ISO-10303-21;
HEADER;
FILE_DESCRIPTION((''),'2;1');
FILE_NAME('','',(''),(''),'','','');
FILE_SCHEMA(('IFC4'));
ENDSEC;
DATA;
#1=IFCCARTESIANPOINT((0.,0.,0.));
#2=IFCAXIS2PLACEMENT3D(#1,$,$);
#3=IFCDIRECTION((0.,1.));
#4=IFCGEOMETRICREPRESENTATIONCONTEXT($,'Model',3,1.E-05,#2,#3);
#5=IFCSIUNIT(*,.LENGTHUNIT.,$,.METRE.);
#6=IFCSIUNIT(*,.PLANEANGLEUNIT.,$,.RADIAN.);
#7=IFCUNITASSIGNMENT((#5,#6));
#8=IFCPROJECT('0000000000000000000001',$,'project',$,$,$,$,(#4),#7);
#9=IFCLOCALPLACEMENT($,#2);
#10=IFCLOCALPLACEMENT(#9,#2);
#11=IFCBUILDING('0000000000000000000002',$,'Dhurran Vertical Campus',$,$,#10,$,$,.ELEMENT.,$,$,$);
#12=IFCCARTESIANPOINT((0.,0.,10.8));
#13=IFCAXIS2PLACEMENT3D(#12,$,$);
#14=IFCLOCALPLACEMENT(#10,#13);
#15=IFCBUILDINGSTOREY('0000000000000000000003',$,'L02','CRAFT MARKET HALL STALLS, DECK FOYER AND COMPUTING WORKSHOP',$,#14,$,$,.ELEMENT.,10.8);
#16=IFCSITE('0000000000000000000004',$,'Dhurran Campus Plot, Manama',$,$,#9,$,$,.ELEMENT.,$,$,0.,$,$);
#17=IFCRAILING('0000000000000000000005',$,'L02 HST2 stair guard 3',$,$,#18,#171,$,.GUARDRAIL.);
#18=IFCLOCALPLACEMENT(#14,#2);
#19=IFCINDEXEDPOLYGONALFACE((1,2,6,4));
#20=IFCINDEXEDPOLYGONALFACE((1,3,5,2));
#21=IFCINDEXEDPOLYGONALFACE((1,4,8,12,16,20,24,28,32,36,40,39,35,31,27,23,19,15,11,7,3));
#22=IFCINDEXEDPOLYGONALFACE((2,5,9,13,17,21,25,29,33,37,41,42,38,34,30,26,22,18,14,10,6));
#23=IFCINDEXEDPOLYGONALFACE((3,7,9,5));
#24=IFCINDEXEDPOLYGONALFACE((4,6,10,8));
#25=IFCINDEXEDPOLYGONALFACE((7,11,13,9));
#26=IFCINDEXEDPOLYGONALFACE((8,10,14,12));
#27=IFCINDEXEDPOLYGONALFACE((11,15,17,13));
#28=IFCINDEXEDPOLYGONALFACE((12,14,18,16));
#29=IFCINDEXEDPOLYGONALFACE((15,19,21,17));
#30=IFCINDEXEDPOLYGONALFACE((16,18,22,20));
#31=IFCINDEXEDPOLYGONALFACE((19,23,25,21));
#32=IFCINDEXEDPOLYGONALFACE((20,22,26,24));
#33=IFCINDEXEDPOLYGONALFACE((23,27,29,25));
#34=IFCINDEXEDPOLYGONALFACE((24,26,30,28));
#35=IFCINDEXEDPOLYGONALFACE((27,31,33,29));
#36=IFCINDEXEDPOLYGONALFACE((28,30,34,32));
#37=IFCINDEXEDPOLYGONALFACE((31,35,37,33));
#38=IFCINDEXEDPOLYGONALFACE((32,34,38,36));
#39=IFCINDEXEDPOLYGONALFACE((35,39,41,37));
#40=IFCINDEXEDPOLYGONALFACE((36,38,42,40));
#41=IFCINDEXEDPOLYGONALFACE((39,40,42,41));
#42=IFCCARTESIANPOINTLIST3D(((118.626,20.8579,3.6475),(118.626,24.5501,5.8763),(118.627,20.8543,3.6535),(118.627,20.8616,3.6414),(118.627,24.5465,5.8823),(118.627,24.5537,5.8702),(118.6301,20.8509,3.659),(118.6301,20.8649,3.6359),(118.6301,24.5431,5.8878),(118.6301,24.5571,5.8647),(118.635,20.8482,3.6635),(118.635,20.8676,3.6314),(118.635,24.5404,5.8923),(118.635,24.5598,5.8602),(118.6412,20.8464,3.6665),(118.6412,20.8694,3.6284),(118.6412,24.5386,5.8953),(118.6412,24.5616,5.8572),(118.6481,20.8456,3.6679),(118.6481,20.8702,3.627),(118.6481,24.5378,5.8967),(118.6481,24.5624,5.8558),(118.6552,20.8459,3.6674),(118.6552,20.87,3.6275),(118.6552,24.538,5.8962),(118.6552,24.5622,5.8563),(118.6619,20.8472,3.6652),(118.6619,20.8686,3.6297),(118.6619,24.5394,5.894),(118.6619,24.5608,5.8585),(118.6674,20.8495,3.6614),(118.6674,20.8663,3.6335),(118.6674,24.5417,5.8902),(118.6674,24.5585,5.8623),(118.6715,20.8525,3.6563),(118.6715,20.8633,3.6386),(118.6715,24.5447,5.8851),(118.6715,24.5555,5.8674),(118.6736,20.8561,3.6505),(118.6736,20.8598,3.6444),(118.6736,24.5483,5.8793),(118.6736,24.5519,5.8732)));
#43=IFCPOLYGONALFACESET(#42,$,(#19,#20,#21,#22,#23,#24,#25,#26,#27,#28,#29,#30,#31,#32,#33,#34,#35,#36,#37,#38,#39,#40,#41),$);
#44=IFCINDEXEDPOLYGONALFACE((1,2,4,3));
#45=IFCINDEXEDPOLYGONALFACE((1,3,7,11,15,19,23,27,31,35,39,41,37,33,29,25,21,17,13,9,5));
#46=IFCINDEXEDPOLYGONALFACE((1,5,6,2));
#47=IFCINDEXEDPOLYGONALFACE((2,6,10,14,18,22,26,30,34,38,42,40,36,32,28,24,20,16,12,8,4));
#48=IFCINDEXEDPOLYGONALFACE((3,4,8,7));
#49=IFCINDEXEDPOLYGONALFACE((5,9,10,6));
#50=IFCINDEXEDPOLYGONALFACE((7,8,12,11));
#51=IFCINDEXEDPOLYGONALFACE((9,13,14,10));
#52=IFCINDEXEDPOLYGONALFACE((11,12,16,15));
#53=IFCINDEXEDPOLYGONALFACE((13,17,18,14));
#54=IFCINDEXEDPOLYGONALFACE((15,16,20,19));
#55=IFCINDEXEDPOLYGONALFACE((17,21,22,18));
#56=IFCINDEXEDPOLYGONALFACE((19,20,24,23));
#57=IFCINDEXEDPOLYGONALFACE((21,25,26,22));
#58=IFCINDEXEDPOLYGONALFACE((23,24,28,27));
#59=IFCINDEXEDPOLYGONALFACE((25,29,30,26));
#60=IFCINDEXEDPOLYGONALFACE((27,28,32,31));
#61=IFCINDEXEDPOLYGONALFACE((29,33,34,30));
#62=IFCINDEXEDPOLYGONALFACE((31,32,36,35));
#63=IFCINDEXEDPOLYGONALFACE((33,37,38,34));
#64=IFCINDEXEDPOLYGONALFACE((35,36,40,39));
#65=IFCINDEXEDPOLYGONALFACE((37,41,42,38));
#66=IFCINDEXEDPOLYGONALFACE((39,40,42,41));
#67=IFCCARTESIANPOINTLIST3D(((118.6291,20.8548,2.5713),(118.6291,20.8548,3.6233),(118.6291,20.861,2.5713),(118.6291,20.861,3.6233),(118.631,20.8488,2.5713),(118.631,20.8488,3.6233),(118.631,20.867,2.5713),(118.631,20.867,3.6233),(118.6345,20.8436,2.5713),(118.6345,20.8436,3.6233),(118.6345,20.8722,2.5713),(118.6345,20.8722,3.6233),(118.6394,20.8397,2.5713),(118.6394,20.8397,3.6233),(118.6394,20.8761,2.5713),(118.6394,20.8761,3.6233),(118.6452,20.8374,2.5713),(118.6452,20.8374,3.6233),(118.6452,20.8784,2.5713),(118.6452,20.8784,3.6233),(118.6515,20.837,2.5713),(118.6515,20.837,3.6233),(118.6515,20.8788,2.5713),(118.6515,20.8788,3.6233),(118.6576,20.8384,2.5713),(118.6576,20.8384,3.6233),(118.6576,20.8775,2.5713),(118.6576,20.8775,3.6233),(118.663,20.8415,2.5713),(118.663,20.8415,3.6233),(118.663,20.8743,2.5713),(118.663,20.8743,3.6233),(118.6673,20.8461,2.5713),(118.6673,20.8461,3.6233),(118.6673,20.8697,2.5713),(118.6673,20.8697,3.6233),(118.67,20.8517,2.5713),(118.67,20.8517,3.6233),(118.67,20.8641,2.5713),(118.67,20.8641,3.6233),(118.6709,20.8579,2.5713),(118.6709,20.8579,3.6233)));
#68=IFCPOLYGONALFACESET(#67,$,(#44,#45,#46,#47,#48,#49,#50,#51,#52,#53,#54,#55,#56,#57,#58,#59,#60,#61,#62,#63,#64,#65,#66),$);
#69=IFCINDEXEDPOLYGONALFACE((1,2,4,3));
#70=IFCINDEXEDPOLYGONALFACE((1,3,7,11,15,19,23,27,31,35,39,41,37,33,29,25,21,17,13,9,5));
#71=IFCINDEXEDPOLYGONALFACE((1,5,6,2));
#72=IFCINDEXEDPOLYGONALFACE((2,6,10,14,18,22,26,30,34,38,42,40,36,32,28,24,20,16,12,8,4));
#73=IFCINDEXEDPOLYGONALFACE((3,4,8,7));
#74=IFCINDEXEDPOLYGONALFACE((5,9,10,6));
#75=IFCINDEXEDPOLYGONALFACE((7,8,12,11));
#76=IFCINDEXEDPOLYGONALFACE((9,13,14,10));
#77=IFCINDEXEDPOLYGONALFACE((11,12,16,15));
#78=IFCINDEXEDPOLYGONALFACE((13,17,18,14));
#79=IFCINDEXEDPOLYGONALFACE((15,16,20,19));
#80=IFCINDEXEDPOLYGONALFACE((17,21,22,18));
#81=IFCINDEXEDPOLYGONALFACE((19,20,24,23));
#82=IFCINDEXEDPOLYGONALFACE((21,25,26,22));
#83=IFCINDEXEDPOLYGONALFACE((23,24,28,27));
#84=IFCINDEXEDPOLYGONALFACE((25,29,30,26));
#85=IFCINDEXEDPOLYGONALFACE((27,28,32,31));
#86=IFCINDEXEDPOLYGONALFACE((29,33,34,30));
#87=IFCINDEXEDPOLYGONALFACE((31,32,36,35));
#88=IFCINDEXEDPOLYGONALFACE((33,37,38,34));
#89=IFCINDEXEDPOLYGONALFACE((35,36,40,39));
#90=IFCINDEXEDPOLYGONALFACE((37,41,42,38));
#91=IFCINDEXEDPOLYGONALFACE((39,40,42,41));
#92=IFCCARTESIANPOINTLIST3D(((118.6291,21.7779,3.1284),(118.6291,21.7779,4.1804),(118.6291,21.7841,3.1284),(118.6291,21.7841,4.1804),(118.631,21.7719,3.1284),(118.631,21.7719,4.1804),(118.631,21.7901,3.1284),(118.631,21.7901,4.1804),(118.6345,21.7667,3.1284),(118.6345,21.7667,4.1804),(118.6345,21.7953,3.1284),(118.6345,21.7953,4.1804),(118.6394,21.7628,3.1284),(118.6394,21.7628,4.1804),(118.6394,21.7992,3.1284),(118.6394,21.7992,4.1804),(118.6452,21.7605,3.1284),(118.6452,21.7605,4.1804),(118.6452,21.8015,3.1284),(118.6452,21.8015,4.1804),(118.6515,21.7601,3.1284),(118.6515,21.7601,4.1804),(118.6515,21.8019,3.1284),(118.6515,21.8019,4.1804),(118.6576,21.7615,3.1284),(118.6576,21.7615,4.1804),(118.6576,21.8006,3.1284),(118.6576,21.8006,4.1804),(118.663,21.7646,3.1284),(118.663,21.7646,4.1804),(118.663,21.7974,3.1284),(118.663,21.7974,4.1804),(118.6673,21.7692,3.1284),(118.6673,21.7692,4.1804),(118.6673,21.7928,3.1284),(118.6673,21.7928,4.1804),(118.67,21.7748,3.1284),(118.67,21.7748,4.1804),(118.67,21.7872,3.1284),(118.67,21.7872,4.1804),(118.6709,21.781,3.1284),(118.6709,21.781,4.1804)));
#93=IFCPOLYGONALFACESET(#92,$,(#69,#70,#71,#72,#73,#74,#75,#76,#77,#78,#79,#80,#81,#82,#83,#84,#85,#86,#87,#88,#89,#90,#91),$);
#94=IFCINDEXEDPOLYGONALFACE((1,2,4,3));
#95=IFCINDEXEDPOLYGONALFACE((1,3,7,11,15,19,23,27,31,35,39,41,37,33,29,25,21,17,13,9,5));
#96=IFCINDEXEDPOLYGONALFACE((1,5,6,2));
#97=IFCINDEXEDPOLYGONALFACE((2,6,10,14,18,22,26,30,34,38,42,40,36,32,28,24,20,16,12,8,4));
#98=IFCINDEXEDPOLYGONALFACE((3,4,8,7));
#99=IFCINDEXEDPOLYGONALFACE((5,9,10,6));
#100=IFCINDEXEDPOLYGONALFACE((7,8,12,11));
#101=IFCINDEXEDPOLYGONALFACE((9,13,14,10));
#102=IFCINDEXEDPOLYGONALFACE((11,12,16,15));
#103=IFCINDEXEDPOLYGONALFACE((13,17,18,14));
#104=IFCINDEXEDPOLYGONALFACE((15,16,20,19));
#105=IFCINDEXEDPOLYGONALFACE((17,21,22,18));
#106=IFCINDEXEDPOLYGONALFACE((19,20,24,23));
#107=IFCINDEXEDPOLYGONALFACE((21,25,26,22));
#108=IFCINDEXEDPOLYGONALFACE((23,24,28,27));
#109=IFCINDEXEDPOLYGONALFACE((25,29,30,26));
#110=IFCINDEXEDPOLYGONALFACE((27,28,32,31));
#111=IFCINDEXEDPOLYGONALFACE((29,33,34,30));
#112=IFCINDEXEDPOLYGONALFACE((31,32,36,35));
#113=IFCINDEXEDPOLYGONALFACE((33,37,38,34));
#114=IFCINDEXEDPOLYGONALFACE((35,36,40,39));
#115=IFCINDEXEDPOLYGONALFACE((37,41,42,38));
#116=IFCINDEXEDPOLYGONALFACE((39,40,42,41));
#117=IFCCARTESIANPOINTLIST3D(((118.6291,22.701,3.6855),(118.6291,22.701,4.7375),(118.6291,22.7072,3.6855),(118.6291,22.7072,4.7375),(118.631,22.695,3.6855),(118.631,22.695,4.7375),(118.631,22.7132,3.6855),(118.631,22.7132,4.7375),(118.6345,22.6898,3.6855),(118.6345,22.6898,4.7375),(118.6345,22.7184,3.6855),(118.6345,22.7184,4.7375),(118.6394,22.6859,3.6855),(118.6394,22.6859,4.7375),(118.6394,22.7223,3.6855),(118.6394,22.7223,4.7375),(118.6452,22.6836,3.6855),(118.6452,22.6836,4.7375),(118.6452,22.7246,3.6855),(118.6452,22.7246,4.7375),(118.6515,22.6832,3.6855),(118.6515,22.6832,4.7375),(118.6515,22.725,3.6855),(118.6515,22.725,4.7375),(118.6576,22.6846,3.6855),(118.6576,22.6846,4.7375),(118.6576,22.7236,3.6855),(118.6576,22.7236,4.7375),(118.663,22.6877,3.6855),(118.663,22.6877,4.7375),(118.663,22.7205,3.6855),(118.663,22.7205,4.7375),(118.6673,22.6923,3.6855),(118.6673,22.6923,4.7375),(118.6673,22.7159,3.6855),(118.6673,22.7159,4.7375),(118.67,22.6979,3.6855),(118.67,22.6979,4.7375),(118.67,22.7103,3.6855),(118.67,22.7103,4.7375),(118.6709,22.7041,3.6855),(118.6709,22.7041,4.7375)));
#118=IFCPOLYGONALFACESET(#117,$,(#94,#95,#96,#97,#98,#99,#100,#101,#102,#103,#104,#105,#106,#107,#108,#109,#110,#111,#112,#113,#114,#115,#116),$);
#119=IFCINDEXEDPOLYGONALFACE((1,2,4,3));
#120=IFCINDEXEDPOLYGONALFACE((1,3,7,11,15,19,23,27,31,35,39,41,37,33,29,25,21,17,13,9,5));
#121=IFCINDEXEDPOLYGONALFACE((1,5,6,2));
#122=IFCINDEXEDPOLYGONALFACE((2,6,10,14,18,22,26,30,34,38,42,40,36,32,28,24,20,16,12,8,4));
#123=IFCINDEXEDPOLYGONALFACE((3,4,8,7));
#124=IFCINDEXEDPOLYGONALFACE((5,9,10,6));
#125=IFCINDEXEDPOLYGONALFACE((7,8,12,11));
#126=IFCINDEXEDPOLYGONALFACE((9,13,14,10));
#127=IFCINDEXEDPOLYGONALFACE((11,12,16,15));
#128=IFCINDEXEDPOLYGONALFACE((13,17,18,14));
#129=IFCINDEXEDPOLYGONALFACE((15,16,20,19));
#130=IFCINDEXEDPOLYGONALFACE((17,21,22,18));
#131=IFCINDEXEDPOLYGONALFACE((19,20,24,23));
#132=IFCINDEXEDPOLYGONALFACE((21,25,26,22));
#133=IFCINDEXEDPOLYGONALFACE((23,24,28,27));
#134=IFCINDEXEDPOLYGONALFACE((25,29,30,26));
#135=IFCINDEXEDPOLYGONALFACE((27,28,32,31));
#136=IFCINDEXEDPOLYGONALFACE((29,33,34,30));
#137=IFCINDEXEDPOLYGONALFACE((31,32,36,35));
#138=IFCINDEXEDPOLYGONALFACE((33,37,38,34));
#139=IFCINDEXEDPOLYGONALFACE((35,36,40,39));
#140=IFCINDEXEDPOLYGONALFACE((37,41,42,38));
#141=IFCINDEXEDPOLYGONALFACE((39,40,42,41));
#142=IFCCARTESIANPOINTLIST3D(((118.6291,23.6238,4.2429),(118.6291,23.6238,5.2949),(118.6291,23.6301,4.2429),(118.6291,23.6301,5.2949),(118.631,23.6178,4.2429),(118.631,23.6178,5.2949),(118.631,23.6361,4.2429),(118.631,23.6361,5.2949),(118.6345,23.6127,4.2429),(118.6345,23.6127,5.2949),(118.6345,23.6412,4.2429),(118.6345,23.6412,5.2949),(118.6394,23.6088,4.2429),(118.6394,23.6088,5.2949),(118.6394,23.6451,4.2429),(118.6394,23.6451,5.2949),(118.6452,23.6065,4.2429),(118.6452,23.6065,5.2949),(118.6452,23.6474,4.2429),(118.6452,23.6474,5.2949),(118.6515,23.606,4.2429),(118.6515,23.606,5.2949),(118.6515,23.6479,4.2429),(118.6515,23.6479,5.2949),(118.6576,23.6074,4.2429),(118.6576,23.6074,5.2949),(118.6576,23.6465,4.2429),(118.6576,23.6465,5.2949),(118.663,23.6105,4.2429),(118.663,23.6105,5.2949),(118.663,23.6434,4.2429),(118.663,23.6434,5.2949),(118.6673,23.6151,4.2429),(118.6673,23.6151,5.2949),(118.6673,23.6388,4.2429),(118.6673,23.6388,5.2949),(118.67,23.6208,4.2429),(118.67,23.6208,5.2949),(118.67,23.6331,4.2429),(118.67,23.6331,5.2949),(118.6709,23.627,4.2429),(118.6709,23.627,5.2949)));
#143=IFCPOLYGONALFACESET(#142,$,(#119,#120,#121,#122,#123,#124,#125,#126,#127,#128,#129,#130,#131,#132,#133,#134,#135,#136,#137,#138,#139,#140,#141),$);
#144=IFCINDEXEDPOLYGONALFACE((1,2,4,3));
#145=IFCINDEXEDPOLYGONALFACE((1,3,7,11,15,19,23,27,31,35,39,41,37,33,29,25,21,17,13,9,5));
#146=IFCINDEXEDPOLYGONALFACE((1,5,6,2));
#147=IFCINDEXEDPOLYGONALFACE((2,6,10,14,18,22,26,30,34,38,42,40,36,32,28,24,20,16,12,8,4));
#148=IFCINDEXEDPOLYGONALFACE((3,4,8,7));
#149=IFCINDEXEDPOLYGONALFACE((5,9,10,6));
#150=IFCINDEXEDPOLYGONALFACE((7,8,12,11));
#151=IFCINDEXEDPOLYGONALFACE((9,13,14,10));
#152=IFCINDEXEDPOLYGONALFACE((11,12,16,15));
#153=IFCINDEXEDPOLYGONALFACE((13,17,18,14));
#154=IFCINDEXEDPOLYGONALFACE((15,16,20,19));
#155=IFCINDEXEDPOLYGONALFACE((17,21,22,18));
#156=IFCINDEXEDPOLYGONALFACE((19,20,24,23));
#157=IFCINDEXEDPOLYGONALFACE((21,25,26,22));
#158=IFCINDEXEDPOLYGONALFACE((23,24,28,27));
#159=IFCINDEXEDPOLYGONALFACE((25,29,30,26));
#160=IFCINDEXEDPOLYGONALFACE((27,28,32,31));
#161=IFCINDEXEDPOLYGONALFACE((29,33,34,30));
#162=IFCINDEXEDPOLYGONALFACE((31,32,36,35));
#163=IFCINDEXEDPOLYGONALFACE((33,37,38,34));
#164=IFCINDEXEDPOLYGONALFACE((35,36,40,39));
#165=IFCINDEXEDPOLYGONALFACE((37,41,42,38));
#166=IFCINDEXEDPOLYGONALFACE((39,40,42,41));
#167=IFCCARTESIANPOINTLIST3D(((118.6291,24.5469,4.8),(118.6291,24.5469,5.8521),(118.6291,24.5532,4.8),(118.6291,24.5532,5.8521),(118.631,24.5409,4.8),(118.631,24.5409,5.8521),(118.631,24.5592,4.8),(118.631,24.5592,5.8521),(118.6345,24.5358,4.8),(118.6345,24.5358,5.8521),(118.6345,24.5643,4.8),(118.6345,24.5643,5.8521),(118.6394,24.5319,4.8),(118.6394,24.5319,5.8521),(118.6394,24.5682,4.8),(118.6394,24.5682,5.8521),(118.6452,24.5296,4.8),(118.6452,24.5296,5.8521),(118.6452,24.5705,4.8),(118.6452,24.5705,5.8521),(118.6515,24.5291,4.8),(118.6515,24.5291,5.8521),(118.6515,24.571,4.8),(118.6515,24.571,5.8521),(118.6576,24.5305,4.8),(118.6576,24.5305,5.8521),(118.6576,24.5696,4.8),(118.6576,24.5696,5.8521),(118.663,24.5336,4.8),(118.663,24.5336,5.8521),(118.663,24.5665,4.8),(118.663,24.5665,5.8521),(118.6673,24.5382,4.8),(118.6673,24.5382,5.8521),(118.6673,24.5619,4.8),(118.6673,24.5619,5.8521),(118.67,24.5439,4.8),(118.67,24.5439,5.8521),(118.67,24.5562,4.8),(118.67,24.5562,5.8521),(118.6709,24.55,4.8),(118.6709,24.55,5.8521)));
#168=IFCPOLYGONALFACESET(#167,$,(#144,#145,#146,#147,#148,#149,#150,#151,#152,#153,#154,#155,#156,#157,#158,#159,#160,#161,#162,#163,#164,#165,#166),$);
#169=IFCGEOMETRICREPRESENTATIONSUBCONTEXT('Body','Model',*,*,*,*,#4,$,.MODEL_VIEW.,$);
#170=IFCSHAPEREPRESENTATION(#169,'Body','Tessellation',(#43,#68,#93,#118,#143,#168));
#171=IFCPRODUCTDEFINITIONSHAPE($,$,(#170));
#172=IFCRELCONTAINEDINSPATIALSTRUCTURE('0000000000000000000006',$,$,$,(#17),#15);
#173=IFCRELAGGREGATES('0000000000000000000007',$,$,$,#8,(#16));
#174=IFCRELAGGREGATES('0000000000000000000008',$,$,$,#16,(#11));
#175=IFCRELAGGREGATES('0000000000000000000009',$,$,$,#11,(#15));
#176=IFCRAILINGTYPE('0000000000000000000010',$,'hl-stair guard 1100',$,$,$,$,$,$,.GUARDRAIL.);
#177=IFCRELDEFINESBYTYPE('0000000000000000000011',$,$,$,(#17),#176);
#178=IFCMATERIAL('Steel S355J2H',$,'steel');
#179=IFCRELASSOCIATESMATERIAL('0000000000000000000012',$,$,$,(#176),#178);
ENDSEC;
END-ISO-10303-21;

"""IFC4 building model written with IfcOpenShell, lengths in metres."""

from ifc_helpers import new_model, si_unit, direction, frame, origin, origin_2d, place, context, subcontext, project, spatial, circle, extrude, material, type_object, element, save


model = new_model("IFC4")

# Units and contexts
model_context = context("Model", 3, precision=1e-05, world=origin(), true_north=direction((0.0, 1.0)))
body_context = subcontext(model_context, "Body", "Model", "MODEL_VIEW")
ifc_project = project(units=[si_unit("LENGTHUNIT", "METRE"), si_unit("PLANEANGLEUNIT", "RADIAN")], contexts=[model_context])

# Site, building, storey
site_placement = place(None, origin())
site = spatial("IfcSite", under=ifc_project, at=site_placement, Name="Dhurran Campus Plot, Manama", CompositionType="ELEMENT", RefElevation=0.0)
building_placement = place(site_placement, origin())
building = spatial("IfcBuilding", under=site, at=building_placement, Name="Dhurran Vertical Campus", CompositionType="ELEMENT")
storey_placement = place(building_placement, frame((0.0, 0.0, 10.8)))
storey = spatial("IfcBuildingStorey", under=building, at=storey_placement, Name="L02", Description="CRAFT MARKET HALL STALLS, DECK FOYER AND COMPUTING WORKSHOP", CompositionType="ELEMENT", Elevation=10.8)

# Railing
ifc_material_1 = material(Name="Steel S355J2H", Category="steel")
railing_type_1 = type_object("IfcRailingType", Name="hl-stair guard 1100", PredefinedType="GUARDRAIL", material=ifc_material_1)
railing_1_placement = place(storey_placement, frame((118.6499, 20.8579, 2.5713)))
element("IfcRailing", 1, at=railing_1_placement, inside=storey, type_object=railing_type_1, Name="L02 HST2 stair guard 3", PredefinedType="GUARDRAIL", context=body_context, shape_type="SweptSolid", body=[
    extrude(circle(Radius=0.0239, at=origin_2d()), frame((0.0, 0.0, 1.0762), z_axis=(0.0, 0.856111, 0.516792), x_axis=(-1.0, 0.0, 0.0)), (0.0, 0.0, 1.0), 4.3127),
    extrude(circle(Radius=0.021, at=origin_2d()), origin(), (0.0, 0.0, 1.0), 1.052),
    extrude(circle(Radius=0.021, at=origin_2d()), frame((0.0, 0.9231, 0.5571)), (0.0, 0.0, 1.0), 1.052),
    extrude(circle(Radius=0.021, at=origin_2d()), frame((0.0, 1.8462, 1.1143)), (0.0, 0.0, 1.0), 1.052),
    extrude(circle(Radius=0.021, at=origin_2d()), frame((0.0, 2.769, 1.6716)), (0.0, 0.0, 1.0), 1.052),
    extrude(circle(Radius=0.021, at=origin_2d()), frame((0.0, 3.6921, 2.2288)), (0.0, 0.0, 1.0), 1.052),
])

save(model, "model.ifc")
